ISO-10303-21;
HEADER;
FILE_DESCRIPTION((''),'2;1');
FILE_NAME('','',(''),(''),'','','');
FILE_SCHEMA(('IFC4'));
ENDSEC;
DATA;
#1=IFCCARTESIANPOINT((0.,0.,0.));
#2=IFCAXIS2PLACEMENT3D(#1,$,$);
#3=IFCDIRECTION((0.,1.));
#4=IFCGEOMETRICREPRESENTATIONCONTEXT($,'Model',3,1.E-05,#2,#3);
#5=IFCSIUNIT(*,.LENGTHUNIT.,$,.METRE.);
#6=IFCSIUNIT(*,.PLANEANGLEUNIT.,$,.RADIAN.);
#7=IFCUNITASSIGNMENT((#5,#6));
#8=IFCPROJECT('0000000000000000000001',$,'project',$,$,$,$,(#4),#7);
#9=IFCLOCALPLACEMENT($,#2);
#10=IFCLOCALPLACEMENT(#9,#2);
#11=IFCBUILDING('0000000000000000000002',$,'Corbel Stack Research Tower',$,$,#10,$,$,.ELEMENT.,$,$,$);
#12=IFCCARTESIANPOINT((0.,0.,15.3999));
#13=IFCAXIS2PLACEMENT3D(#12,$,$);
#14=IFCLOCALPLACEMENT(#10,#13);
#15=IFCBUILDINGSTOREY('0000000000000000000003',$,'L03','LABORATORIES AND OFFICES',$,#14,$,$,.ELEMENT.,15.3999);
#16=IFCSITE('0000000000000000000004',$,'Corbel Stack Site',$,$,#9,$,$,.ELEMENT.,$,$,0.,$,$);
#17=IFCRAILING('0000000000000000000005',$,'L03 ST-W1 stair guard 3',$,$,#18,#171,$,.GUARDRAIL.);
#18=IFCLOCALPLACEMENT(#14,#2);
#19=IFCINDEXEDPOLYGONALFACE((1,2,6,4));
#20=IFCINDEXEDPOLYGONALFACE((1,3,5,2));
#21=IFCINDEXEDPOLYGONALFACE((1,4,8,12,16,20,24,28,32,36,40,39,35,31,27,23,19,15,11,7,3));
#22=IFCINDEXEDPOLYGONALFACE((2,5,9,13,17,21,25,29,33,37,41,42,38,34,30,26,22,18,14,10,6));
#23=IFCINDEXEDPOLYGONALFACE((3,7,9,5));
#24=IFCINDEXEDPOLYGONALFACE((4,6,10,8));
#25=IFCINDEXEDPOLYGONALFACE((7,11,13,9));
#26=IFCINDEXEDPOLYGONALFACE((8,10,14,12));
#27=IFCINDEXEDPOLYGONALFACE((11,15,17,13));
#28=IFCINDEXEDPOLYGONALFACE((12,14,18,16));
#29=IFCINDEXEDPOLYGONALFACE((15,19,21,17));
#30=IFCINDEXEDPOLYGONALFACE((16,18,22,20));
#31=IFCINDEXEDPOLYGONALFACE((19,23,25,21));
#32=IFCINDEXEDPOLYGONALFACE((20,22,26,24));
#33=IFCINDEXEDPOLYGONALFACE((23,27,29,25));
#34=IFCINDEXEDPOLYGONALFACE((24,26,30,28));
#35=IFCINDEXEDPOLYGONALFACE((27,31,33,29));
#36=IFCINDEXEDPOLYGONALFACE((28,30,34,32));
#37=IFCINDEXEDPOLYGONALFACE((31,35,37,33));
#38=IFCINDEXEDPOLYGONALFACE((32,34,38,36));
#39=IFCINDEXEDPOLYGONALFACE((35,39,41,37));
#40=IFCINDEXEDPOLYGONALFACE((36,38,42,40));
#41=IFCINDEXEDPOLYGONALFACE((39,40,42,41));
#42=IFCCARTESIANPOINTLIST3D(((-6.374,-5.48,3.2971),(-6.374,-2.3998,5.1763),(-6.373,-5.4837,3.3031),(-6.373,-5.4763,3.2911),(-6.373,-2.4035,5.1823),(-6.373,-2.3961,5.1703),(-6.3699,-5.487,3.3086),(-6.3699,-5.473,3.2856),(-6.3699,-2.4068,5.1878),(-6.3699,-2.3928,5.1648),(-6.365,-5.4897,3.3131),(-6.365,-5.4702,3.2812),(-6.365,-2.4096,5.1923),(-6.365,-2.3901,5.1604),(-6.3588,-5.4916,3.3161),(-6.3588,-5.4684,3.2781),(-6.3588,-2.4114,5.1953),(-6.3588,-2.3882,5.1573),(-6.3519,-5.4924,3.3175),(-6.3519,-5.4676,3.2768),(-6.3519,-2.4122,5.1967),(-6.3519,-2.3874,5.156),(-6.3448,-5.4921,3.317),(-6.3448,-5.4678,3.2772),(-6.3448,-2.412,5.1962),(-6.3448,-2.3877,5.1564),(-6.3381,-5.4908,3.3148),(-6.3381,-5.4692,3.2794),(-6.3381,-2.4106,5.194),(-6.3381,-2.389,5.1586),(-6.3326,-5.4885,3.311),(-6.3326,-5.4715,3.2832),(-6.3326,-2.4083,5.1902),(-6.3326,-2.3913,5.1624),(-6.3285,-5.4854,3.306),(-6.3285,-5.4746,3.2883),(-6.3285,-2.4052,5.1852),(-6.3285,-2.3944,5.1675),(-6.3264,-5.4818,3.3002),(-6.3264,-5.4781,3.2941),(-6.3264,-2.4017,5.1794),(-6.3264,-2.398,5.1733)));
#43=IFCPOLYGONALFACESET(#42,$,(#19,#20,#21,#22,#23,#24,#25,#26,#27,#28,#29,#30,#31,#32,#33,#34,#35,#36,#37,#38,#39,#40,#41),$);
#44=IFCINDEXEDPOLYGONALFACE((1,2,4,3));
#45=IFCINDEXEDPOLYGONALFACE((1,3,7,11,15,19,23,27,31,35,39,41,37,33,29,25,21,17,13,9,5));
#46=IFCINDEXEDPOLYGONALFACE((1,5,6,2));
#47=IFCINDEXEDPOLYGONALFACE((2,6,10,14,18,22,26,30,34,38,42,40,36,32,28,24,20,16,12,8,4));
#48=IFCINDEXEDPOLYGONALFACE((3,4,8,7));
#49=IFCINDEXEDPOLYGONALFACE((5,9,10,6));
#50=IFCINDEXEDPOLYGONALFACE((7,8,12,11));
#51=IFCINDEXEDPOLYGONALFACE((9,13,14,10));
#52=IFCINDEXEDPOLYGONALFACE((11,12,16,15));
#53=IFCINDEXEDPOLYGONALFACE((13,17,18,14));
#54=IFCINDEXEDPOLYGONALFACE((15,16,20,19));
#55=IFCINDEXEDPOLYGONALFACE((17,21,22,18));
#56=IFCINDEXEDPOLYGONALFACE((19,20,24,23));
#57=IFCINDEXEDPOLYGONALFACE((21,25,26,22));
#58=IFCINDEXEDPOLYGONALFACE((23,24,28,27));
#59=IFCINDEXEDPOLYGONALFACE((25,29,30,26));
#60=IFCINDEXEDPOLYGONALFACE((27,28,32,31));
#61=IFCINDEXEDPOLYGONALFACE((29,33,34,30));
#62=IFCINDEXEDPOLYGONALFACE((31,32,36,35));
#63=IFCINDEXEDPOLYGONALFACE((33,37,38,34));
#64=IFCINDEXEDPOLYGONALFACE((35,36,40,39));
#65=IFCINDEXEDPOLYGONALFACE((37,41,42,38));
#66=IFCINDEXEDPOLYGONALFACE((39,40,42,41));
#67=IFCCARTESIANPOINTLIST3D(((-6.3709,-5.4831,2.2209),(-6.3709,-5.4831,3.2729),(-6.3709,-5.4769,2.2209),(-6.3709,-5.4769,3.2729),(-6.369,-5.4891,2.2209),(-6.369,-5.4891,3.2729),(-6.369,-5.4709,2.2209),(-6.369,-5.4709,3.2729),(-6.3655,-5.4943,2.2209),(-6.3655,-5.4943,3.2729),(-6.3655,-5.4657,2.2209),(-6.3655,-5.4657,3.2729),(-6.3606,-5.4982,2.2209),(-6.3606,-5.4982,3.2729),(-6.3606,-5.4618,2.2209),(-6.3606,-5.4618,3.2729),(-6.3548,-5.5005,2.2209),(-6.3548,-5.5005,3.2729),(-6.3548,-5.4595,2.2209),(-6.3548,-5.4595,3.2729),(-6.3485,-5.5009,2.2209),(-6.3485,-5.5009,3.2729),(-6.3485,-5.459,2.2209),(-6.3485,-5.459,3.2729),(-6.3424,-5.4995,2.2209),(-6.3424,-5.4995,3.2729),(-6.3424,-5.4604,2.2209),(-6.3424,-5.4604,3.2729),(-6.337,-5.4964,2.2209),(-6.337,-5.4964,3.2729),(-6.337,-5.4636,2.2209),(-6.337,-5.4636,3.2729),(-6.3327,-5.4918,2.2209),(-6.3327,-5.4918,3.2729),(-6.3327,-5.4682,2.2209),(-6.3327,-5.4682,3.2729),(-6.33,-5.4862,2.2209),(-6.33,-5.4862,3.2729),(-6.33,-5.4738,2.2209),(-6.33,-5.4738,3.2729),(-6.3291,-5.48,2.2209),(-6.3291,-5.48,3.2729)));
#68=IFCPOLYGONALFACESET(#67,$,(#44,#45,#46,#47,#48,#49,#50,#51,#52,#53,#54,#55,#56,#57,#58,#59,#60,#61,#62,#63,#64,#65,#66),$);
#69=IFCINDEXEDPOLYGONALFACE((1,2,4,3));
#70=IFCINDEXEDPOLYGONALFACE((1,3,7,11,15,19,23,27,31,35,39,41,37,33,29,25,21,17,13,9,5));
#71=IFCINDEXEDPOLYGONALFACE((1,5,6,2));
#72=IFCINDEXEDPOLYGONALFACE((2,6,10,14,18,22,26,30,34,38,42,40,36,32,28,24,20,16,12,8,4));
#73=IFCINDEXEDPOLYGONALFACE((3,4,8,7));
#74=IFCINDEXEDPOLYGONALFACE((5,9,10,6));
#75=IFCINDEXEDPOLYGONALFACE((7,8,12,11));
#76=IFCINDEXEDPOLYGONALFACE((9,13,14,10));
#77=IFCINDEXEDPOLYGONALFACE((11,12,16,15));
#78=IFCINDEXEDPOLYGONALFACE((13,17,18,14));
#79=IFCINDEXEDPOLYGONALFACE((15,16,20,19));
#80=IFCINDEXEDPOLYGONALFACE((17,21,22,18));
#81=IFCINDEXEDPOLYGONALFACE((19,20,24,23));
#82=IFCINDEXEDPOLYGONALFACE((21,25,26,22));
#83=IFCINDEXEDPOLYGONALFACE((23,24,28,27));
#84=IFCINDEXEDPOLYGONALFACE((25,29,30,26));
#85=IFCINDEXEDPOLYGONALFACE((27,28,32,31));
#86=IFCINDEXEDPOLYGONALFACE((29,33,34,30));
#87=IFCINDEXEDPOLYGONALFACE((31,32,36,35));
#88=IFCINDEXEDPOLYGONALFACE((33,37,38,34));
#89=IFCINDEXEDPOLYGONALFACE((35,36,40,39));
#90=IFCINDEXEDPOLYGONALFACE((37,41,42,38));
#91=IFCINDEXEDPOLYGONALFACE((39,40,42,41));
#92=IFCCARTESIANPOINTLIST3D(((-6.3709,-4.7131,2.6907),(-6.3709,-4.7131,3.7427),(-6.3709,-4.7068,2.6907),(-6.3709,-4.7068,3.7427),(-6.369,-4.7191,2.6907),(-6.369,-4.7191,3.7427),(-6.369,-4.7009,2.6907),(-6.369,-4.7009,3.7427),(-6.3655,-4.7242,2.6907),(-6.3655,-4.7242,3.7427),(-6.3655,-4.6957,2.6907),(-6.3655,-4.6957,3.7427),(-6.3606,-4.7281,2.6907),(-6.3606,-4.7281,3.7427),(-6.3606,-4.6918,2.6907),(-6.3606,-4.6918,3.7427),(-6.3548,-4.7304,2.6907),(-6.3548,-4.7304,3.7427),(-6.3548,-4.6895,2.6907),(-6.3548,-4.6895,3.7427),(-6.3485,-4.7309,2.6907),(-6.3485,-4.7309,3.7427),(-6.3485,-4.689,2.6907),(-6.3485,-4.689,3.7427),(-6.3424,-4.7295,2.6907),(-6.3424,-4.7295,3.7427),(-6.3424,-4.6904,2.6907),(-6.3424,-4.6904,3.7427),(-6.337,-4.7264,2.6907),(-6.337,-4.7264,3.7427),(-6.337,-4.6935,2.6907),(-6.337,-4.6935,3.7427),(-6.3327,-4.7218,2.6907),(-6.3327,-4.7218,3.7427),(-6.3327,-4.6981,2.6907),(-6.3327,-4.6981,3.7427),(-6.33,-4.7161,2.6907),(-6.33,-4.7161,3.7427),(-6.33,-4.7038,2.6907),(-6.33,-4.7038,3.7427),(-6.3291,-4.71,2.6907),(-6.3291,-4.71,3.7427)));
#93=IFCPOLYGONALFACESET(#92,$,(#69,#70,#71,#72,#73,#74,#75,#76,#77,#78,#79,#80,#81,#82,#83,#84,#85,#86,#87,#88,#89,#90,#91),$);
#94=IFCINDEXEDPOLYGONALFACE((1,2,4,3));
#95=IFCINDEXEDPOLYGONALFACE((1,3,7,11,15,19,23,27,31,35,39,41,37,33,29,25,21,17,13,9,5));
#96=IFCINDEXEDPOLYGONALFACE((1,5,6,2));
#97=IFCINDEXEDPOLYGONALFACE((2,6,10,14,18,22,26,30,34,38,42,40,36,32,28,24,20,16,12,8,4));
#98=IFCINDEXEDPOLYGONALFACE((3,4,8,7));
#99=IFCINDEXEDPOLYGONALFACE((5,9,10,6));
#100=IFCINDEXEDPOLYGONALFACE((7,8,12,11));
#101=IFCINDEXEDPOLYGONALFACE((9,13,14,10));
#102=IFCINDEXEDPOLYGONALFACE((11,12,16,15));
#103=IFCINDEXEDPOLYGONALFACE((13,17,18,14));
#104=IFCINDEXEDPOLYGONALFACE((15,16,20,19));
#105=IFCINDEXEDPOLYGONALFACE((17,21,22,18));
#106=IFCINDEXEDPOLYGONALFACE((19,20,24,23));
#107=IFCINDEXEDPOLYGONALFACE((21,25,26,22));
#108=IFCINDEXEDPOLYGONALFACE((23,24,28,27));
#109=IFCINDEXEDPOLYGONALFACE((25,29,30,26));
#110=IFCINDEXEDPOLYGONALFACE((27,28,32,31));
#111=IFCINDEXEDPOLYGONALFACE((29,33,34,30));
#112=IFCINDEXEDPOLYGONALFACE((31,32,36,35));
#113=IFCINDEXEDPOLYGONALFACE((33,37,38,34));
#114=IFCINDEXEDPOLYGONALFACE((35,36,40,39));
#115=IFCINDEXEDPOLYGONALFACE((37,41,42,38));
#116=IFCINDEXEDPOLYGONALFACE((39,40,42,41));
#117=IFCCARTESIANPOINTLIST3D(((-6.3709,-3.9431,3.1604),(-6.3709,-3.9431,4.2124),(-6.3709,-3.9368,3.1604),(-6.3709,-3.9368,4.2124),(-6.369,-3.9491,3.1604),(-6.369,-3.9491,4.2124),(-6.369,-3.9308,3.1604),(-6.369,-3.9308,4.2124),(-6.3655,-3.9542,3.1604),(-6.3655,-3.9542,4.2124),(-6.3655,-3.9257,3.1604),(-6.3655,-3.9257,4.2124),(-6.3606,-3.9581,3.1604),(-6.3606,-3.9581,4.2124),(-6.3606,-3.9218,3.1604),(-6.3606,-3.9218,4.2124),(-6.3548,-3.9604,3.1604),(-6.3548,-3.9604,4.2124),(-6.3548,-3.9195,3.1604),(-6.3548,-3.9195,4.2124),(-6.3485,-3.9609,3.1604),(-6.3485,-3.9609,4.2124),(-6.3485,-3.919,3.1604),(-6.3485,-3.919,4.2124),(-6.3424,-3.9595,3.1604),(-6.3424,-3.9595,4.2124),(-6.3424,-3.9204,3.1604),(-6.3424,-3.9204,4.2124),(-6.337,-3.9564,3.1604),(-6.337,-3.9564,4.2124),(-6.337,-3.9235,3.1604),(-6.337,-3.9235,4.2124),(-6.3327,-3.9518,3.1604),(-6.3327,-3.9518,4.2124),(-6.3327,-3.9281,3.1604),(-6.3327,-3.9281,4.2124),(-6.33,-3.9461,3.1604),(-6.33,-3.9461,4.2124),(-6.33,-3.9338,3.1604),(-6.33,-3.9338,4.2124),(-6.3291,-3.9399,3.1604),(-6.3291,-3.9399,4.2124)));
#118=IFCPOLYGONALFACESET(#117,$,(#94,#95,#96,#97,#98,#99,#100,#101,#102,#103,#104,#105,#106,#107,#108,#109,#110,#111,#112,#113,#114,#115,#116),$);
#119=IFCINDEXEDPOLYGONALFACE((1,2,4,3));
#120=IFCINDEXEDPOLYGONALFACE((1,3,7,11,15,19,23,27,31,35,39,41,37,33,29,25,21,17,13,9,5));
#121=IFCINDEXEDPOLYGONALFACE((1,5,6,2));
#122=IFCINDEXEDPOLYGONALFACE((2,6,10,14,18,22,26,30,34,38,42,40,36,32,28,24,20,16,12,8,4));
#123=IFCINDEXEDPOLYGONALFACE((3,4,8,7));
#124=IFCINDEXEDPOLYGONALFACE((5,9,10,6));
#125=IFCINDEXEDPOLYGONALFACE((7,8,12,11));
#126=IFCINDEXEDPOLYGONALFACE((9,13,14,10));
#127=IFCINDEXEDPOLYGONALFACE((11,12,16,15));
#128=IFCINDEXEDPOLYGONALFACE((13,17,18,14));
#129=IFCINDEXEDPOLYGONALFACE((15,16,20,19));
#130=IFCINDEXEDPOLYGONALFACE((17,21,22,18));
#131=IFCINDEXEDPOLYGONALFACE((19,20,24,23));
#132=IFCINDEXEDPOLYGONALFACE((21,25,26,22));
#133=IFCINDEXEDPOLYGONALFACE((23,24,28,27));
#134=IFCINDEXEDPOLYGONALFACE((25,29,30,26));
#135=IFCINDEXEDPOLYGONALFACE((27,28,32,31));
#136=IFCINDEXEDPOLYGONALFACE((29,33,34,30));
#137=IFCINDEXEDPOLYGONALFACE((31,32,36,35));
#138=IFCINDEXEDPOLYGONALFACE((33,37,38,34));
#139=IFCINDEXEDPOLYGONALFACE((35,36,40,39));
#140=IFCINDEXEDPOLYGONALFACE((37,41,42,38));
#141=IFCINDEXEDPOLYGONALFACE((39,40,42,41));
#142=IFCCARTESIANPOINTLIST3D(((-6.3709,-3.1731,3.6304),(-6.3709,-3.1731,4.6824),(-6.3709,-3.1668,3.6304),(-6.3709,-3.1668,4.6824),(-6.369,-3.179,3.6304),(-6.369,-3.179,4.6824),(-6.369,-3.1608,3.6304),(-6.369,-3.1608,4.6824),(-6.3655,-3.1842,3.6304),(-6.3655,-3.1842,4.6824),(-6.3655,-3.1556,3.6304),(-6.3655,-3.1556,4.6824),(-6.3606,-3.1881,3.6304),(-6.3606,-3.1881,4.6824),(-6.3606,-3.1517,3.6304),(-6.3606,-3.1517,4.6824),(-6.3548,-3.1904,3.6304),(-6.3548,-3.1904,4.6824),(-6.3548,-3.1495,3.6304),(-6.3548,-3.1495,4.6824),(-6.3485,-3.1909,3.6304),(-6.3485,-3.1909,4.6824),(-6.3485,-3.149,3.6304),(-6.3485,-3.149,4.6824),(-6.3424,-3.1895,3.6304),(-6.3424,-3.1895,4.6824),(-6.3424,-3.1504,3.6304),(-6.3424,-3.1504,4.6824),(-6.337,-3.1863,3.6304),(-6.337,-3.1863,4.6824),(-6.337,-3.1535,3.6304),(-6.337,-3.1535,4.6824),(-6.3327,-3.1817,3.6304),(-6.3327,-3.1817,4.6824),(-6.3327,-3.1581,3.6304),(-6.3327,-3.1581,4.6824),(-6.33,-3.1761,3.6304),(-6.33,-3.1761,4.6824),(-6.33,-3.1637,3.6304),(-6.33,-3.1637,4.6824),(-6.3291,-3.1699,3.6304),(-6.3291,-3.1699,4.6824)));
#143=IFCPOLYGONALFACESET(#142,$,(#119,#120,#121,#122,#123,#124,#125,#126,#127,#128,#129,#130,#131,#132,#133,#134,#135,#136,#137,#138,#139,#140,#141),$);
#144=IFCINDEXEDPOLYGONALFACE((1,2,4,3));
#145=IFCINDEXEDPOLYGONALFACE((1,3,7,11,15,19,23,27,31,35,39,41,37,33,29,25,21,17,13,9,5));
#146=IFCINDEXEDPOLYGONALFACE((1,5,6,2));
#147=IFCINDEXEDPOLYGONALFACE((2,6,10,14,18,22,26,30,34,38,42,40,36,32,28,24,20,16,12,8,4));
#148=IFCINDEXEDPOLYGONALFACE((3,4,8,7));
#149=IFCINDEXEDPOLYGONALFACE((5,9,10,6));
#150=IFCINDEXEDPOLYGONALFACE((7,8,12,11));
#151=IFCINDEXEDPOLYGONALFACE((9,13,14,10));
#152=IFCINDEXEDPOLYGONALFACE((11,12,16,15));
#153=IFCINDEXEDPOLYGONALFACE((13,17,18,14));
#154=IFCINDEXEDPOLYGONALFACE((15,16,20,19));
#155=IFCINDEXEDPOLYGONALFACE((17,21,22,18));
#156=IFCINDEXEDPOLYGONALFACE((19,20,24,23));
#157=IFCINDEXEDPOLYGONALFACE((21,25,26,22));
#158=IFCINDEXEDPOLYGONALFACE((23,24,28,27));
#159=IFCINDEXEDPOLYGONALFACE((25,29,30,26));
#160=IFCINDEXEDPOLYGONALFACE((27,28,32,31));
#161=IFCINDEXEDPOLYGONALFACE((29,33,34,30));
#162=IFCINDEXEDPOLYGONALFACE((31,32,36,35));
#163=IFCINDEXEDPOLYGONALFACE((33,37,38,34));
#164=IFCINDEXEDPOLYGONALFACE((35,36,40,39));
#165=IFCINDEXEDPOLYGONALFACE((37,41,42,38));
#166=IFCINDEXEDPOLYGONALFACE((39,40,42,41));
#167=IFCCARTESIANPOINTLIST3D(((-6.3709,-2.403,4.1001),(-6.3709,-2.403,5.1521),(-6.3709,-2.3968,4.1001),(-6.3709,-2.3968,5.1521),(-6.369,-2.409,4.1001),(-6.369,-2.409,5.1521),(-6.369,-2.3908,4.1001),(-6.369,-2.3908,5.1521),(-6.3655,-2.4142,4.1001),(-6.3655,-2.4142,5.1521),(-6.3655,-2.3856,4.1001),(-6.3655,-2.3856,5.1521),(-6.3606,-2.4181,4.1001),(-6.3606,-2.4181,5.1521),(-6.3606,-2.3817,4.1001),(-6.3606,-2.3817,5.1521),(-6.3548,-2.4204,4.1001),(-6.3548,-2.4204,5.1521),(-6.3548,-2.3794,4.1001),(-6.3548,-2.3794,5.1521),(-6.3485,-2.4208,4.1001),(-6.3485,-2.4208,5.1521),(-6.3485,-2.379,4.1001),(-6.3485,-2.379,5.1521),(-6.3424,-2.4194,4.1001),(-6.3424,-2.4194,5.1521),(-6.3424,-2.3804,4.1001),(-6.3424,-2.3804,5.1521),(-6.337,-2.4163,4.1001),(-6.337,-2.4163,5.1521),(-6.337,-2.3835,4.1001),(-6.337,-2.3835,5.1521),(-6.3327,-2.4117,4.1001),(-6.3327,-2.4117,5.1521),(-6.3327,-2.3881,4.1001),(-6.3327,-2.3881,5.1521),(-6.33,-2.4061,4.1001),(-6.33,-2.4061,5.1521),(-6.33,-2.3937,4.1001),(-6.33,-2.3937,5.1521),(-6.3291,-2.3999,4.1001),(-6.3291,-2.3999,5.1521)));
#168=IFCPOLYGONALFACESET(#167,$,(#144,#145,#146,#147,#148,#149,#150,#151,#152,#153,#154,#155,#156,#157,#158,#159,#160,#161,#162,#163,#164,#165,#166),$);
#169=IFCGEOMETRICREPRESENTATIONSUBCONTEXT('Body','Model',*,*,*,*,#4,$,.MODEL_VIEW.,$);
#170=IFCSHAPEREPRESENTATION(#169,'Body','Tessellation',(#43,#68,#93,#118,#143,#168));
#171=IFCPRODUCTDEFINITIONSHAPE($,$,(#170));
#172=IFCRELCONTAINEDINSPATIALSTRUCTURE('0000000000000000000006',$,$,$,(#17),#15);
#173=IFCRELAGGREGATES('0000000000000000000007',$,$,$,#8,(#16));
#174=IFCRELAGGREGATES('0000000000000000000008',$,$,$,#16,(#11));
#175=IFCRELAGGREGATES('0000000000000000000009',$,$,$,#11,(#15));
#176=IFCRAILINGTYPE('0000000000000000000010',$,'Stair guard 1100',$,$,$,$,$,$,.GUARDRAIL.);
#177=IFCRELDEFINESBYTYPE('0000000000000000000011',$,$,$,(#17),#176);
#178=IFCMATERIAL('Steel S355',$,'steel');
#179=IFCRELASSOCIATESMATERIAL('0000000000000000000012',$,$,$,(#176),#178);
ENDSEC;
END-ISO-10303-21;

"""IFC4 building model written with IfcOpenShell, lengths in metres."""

from ifc_helpers import new_model, si_unit, direction, frame, origin, origin_2d, place, context, subcontext, project, spatial, circle, extrude, material, type_object, element, save


model = new_model("IFC4")

# Units and contexts
model_context = context("Model", 3, precision=1e-05, world=origin(), true_north=direction((0.0, 1.0)))
body_context = subcontext(model_context, "Body", "Model", "MODEL_VIEW")
ifc_project = project(units=[si_unit("LENGTHUNIT", "METRE"), si_unit("PLANEANGLEUNIT", "RADIAN")], contexts=[model_context])

# Site, building, storey
site_placement = place(None, origin())
site = spatial("IfcSite", under=ifc_project, at=site_placement, Name="Corbel Stack Site", CompositionType="ELEMENT", RefElevation=0.0)
building_placement = place(site_placement, origin())
building = spatial("IfcBuilding", under=site, at=building_placement, Name="Corbel Stack Research Tower", CompositionType="ELEMENT")
storey_placement = place(building_placement, frame((0.0, 0.0, 15.3999)))
storey = spatial("IfcBuildingStorey", under=building, at=storey_placement, Name="L03", Description="LABORATORIES AND OFFICES", CompositionType="ELEMENT", Elevation=15.3999)

# Railing
ifc_material_1 = material(Name="Steel S355", Category="steel")
railing_type_1 = type_object("IfcRailingType", Name="Stair guard 1100", PredefinedType="GUARDRAIL", material=ifc_material_1)
railing_1_placement = place(storey_placement, frame((-6.3501, -5.48, 2.2209)))
element("IfcRailing", 1, at=railing_1_placement, inside=storey, type_object=railing_type_1, Name="L03 ST-W1 stair guard 3", PredefinedType="GUARDRAIL", context=body_context, shape_type="SweptSolid", body=[
    extrude(circle(Radius=0.0239, at=origin_2d()), frame((0.0, 0.0, 1.0762), z_axis=(0.0, 0.853666, 0.52082), x_axis=(-1.0, 0.0, 0.0)), (0.0, 0.0, 1.0), 3.6082),
    extrude(circle(Radius=0.021, at=origin_2d()), origin(), (0.0, 0.0, 1.0), 1.052),
    extrude(circle(Radius=0.021, at=origin_2d()), frame((0.0, 0.77, 0.4697)), (0.0, 0.0, 1.0), 1.052),
    extrude(circle(Radius=0.021, at=origin_2d()), frame((0.0, 1.54, 0.9395)), (0.0, 0.0, 1.0), 1.052),
    extrude(circle(Radius=0.021, at=origin_2d()), frame((0.0, 2.3101, 1.4094)), (0.0, 0.0, 1.0), 1.052),
    extrude(circle(Radius=0.021, at=origin_2d()), frame((0.0, 3.0801, 1.8792)), (0.0, 0.0, 1.0), 1.052),
])

save(model, "model.ifc")
